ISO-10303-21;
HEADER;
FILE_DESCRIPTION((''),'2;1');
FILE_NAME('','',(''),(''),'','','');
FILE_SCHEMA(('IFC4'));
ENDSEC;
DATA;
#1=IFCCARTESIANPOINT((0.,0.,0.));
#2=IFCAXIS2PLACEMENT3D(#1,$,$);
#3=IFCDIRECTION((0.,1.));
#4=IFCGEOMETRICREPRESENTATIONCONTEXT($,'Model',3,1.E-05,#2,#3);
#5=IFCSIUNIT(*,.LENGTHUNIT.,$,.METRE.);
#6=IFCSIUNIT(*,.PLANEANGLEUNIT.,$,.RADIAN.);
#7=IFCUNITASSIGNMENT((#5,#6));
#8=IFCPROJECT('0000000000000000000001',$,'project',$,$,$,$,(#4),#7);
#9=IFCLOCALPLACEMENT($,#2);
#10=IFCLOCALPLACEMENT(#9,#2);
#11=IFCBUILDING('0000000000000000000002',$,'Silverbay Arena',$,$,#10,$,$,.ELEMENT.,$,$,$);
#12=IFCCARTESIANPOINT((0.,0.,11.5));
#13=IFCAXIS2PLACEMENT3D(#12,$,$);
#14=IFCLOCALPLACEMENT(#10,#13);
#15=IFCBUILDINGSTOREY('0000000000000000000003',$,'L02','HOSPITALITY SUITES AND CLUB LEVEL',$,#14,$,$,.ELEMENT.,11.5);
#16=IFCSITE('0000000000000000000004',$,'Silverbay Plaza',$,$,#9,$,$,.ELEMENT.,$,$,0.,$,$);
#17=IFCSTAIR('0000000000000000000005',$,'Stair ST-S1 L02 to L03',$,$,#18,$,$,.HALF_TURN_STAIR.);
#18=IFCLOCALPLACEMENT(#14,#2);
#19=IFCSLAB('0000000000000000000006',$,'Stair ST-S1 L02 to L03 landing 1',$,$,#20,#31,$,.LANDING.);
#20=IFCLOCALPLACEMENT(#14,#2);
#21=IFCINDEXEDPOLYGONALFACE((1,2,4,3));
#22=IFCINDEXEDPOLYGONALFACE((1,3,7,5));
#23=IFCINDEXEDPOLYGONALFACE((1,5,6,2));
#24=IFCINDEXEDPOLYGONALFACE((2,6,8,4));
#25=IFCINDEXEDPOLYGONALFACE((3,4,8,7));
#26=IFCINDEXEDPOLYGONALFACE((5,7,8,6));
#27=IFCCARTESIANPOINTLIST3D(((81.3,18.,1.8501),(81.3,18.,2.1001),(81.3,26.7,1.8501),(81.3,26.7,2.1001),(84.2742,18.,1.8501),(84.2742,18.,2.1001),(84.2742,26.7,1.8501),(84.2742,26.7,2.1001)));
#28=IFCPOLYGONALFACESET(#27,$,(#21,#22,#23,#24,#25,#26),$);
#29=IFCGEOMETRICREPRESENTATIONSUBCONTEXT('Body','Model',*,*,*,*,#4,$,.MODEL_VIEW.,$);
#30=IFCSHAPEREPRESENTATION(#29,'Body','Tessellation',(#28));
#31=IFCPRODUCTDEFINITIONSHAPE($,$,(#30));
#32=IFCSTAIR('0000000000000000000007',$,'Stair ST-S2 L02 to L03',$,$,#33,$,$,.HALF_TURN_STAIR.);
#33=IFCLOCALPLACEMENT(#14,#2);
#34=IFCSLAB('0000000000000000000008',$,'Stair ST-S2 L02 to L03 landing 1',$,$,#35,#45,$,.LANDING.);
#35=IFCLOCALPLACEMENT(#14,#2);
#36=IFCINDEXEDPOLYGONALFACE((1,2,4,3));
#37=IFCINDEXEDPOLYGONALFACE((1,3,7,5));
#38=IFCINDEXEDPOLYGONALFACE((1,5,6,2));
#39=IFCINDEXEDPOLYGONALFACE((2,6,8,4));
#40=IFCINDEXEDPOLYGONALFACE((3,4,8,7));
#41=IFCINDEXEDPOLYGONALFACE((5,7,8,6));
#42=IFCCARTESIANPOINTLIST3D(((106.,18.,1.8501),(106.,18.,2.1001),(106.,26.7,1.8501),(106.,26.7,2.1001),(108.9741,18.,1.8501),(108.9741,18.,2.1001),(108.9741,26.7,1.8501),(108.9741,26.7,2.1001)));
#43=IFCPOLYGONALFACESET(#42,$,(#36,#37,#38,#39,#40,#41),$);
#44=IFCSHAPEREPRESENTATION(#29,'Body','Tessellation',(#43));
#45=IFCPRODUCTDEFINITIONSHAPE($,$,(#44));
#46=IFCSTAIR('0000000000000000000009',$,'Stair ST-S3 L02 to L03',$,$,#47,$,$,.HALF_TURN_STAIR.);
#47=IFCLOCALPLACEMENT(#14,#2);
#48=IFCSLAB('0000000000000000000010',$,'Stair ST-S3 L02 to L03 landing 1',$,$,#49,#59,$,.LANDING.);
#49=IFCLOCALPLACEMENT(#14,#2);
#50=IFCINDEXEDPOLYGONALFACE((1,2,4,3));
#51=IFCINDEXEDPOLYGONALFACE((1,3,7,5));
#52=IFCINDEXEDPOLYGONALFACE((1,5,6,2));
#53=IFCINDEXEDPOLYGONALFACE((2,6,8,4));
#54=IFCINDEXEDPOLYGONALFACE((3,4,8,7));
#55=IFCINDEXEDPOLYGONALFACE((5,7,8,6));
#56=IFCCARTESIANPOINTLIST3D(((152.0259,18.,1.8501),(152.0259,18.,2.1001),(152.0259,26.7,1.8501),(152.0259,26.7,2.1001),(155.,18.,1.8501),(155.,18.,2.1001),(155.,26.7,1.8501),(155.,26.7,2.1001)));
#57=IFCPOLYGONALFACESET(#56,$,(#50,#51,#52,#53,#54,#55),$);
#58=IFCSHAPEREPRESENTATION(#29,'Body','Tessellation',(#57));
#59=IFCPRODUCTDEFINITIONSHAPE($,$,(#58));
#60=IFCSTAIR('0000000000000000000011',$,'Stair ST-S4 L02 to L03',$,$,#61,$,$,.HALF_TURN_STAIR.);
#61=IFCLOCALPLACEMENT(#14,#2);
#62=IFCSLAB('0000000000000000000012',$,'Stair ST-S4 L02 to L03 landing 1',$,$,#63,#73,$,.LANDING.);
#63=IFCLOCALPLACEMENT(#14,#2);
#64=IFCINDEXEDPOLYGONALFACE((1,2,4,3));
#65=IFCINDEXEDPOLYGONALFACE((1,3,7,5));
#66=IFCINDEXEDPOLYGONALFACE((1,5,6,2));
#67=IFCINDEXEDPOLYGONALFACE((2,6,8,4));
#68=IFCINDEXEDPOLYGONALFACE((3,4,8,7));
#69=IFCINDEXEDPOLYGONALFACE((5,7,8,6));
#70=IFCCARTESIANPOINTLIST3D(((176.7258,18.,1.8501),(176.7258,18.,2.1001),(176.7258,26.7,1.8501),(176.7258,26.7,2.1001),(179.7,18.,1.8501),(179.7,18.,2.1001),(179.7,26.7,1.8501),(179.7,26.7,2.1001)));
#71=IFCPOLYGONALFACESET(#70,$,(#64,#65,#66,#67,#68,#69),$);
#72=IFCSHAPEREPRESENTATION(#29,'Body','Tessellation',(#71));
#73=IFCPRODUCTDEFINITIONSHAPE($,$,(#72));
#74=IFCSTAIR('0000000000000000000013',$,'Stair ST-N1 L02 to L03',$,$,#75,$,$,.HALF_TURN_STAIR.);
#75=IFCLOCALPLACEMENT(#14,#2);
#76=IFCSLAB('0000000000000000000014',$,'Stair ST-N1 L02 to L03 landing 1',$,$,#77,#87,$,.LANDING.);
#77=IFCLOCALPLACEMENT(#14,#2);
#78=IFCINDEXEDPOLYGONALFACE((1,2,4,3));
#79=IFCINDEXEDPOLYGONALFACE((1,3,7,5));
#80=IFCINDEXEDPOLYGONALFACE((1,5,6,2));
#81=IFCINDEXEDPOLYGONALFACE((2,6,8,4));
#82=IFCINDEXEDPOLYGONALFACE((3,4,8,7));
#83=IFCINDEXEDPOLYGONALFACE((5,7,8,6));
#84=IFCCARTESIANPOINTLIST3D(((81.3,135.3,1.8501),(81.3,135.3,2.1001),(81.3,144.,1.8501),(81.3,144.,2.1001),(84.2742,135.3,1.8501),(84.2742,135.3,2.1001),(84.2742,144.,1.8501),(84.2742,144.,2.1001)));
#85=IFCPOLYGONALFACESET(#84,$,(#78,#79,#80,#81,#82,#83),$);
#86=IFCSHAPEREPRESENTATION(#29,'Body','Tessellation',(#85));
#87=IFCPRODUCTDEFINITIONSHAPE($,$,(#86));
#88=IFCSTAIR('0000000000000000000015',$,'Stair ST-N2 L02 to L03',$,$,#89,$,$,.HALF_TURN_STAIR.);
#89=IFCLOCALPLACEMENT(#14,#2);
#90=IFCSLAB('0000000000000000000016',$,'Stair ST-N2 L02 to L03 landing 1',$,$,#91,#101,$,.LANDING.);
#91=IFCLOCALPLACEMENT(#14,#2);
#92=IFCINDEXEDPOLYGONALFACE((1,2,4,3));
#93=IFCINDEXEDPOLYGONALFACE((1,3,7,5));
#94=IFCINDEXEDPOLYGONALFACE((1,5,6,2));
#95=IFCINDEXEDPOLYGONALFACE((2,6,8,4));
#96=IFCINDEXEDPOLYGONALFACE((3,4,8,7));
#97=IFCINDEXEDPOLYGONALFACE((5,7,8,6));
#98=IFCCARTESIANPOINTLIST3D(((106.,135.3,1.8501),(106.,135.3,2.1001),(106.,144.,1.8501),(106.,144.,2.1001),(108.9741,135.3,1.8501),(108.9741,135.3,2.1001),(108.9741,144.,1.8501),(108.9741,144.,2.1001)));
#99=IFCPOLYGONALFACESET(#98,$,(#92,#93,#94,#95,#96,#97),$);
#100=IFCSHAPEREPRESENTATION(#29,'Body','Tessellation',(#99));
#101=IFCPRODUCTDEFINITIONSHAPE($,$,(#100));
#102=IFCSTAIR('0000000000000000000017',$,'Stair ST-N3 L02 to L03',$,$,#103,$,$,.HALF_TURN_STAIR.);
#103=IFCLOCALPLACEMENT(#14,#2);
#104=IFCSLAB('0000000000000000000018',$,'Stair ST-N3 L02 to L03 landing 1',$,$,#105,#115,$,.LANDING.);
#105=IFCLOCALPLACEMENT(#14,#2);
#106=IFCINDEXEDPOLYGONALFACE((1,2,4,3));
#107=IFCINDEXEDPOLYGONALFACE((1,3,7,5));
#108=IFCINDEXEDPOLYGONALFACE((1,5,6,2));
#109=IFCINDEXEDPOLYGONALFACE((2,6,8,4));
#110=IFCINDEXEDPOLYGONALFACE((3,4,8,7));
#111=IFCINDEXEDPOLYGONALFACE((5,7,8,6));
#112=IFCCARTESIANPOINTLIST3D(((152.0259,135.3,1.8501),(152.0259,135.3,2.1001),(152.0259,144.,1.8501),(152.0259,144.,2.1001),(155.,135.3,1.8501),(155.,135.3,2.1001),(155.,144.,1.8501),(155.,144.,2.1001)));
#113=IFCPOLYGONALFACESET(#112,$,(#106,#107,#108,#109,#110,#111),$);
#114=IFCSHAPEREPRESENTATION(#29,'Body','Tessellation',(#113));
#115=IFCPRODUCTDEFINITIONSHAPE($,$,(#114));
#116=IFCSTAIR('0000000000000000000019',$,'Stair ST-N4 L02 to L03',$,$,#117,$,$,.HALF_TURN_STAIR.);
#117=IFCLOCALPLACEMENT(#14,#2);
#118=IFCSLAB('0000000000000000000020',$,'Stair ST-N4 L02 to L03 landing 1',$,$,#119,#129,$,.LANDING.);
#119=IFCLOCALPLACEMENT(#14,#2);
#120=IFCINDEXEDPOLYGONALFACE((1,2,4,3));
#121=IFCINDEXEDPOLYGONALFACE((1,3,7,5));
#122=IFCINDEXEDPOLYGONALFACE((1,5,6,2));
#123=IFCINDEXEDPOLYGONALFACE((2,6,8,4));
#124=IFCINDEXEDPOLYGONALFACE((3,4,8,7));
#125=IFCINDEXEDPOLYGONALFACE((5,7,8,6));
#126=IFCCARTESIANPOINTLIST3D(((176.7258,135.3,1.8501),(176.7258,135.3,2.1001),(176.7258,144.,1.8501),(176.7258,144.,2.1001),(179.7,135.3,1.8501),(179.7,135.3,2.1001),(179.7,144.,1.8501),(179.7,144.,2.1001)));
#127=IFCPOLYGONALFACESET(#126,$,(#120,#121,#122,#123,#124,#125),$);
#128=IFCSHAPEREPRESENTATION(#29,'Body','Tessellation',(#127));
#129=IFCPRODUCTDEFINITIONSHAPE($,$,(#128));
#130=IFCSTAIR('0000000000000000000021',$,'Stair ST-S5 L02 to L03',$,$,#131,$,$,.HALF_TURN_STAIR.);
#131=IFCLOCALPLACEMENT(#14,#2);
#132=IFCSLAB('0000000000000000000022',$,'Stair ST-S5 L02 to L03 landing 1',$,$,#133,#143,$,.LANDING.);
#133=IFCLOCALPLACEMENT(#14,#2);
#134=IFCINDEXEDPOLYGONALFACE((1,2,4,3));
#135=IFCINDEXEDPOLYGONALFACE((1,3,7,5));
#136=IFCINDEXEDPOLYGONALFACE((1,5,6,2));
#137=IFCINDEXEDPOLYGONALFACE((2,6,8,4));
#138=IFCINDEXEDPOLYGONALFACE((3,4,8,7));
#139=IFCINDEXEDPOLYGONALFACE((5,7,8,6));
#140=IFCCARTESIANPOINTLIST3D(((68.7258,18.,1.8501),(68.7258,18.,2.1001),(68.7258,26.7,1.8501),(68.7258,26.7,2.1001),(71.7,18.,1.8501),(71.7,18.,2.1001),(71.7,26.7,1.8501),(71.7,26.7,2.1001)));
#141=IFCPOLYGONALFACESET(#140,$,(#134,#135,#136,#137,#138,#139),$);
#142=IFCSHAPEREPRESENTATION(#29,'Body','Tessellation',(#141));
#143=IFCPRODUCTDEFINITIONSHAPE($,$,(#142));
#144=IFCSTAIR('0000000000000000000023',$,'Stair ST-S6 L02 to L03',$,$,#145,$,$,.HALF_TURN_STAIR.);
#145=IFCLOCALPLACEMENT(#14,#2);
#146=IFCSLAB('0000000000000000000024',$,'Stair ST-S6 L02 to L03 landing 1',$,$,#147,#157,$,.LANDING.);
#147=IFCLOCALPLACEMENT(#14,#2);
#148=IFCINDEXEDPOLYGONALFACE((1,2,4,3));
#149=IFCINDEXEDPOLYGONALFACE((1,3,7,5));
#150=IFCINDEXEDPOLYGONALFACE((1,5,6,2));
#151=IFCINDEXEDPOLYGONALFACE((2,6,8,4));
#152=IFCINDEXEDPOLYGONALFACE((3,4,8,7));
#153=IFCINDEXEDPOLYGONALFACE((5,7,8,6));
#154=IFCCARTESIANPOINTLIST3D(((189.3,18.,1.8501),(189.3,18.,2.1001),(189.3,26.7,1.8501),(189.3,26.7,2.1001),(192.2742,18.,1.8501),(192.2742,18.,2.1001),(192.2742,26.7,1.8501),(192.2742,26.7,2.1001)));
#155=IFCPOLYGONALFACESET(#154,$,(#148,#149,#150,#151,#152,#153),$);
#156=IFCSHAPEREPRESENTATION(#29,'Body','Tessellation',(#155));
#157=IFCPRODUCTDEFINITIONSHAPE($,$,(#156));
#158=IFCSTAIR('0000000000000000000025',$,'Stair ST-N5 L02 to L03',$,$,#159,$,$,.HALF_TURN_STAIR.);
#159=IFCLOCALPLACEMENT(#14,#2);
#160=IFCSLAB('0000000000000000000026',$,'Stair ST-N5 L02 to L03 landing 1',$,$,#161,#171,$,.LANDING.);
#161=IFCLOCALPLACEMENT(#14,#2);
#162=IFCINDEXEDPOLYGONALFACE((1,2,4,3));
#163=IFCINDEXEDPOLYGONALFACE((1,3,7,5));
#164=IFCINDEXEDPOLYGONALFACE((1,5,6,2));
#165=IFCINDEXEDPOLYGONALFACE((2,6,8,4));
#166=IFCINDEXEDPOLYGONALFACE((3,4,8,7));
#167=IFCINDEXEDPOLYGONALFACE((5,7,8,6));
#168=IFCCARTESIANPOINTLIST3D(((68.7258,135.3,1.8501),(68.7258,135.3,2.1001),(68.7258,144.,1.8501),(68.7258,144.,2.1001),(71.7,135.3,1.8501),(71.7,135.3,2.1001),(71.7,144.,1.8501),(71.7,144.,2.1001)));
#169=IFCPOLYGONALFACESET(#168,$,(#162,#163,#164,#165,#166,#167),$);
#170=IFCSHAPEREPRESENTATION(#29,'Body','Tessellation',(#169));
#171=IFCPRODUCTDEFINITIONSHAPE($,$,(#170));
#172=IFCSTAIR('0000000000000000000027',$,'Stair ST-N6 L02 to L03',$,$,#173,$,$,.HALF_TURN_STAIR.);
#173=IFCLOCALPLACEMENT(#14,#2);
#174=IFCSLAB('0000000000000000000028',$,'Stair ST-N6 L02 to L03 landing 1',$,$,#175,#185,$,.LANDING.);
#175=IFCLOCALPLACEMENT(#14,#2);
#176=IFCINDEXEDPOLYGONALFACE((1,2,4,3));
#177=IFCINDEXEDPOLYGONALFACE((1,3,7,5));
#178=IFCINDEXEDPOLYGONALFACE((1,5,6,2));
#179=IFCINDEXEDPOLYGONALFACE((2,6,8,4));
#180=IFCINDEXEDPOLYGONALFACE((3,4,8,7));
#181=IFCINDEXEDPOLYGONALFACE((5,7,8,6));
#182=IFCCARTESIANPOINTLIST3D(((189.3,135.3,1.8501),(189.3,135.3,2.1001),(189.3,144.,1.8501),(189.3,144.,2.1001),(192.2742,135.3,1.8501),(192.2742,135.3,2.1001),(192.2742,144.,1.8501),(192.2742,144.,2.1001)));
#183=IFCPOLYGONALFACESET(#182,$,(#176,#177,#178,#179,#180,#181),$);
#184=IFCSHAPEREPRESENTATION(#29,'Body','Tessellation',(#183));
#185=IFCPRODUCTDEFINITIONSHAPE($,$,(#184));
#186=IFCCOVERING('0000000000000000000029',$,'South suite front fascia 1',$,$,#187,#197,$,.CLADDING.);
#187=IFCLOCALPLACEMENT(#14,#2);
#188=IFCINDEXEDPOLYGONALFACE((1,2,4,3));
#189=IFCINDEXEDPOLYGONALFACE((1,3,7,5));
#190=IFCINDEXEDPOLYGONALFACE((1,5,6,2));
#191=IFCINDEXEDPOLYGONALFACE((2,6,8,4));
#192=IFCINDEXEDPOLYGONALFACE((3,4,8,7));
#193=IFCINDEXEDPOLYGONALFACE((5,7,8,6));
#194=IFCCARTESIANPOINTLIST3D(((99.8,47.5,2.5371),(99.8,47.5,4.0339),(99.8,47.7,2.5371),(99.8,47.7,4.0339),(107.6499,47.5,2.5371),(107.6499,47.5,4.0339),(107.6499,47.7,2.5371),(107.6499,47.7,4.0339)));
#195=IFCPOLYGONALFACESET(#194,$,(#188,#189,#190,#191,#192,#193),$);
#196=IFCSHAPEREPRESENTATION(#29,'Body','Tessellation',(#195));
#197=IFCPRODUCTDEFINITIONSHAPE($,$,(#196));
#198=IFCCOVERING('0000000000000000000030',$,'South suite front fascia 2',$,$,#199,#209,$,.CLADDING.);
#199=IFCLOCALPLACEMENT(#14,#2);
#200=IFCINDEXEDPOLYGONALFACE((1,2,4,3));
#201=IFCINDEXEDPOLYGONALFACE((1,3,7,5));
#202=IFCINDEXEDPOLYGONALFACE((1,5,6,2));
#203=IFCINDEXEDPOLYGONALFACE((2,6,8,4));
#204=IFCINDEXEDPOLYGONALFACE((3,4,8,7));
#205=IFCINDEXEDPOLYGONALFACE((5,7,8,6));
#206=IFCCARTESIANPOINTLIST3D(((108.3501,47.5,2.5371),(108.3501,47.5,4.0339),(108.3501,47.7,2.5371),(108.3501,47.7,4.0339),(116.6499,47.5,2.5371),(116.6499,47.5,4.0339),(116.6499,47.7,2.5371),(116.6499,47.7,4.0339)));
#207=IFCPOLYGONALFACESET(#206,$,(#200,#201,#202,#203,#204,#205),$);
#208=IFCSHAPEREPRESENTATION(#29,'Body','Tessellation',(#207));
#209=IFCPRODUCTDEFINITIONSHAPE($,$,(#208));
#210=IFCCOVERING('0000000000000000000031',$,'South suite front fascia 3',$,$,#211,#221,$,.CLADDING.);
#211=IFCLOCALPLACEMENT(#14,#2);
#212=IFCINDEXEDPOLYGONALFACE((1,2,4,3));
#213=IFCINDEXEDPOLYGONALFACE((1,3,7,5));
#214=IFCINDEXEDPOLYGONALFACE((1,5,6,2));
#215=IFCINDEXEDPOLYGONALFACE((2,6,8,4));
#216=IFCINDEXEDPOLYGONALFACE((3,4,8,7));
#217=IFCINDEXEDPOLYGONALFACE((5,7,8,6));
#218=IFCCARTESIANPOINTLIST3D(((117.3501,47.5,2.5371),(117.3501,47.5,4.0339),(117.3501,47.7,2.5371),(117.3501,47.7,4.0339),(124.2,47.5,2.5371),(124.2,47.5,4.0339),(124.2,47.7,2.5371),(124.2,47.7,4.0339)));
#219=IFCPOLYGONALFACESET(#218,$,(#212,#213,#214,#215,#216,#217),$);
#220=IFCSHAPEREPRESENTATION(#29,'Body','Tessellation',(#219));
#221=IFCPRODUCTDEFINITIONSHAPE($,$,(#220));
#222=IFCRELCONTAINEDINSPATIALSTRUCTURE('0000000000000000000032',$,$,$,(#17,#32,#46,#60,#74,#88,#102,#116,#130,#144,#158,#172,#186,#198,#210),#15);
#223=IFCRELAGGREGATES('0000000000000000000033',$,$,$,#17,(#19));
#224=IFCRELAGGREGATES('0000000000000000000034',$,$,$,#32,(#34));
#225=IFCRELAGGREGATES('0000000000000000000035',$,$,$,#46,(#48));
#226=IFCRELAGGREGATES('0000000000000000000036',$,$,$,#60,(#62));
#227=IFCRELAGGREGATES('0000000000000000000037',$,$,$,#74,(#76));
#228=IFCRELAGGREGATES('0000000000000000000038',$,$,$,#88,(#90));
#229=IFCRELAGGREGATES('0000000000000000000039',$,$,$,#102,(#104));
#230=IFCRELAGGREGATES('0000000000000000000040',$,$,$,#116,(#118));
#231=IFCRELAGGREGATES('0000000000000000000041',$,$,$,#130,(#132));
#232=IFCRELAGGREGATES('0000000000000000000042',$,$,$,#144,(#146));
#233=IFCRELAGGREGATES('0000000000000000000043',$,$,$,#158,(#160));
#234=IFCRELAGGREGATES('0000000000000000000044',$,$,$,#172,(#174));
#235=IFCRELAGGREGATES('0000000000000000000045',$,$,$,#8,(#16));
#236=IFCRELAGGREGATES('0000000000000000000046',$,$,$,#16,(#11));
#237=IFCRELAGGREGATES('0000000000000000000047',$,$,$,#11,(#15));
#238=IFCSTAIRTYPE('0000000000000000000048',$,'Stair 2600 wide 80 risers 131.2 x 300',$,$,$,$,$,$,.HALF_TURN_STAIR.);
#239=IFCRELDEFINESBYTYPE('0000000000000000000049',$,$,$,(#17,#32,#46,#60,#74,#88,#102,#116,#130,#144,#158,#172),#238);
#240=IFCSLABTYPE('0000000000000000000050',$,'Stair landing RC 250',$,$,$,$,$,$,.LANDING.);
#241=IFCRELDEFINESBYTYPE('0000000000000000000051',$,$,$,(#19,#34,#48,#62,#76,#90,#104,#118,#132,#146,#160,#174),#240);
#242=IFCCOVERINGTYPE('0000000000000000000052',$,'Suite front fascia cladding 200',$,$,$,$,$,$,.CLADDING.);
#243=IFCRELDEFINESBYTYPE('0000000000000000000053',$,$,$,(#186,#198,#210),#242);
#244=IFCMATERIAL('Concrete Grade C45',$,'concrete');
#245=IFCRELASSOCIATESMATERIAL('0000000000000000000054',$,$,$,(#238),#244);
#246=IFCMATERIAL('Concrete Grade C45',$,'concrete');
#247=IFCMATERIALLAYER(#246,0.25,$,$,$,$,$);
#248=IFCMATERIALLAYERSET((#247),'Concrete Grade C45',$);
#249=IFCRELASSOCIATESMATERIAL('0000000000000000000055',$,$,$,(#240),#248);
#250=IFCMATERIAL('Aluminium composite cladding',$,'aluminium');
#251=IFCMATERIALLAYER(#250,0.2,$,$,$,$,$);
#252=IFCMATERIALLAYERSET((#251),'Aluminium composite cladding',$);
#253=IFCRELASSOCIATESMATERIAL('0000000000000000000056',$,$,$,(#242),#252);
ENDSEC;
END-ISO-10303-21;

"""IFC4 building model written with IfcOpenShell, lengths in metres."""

from ifc_helpers import new_model, si_unit, direction, frame, origin, place, context, subcontext, project, spatial, polyline, outline, extrude, material, layer, layer_set, type_object, element, aggregate, save


model = new_model("IFC4")

# Units and contexts
model_context = context("Model", 3, precision=1e-05, world=origin(), true_north=direction((0.0, 1.0)))
body_context = subcontext(model_context, "Body", "Model", "MODEL_VIEW")
ifc_project = project(units=[si_unit("LENGTHUNIT", "METRE"), si_unit("PLANEANGLEUNIT", "RADIAN")], contexts=[model_context])

# Site, building, storey
site_placement = place(None, origin())
site = spatial("IfcSite", under=ifc_project, at=site_placement, Name="Silverbay Plaza", CompositionType="ELEMENT", RefElevation=0.0)
building_placement = place(site_placement, origin())
building = spatial("IfcBuilding", under=site, at=building_placement, Name="Silverbay Arena", CompositionType="ELEMENT")
storey_placement = place(building_placement, frame((0.0, 0.0, 11.5)))
storey = spatial("IfcBuildingStorey", under=building, at=storey_placement, Name="L02", Description="HOSPITALITY SUITES AND CLUB LEVEL", CompositionType="ELEMENT", Elevation=11.5)

# Stairs, slabs
ifc_material_1 = material(Name="Concrete Grade C45", Category="concrete")
stair_type = type_object("IfcStairType", Name="Stair 2600 wide 80 risers 131.2 x 300", PredefinedType="HALF_TURN_STAIR", material=ifc_material_1)
stair_1_placement = place(storey_placement, origin())
stair_1 = element("IfcStair", 1, at=stair_1_placement, inside=storey, type_object=stair_type, Name="Stair ST-S1 L02 to L03", PredefinedType="HALF_TURN_STAIR")
ifc_material_2 = material(Name="Concrete Grade C45", Category="concrete")
ifc_layer_1 = layer(ifc_material_2, 0.25)
ifc_layer_set_1 = layer_set([ifc_layer_1], Name="Concrete Grade C45")
slab_type = type_object("IfcSlabType", Name="Stair landing RC 250", PredefinedType="LANDING", material=ifc_layer_set_1)
slab_1_placement = place(storey_placement, frame((0.0, 0.0, 1.8501)))
slab_1 = element("IfcSlab", 2, at=slab_1_placement, type_object=slab_type, Name="Stair ST-S1 L02 to L03 landing 1", PredefinedType="LANDING", context=body_context, shape_type="SweptSolid", body=[
    extrude(outline(polyline([(84.2742, 26.7), (81.3, 26.7), (81.3, 18.0), (84.2742, 18.0), (84.2742, 26.7)])), origin(), (0.0, 0.0, 1.0), 0.25),
])
aggregate(stair_1, [slab_1])
stair_2_placement = place(storey_placement, origin())
stair_2 = element("IfcStair", 3, at=stair_2_placement, inside=storey, type_object=stair_type, Name="Stair ST-S2 L02 to L03", PredefinedType="HALF_TURN_STAIR")
slab_2_placement = place(storey_placement, frame((0.0, 0.0, 1.8501)))
slab_2 = element("IfcSlab", 4, at=slab_2_placement, type_object=slab_type, Name="Stair ST-S2 L02 to L03 landing 1", PredefinedType="LANDING", context=body_context, shape_type="SweptSolid", body=[
    extrude(outline(polyline([(108.9741, 26.7), (106.0, 26.7), (106.0, 18.0), (108.9741, 18.0), (108.9741, 26.7)])), origin(), (0.0, 0.0, 1.0), 0.25),
])
aggregate(stair_2, [slab_2])
stair_3_placement = place(storey_placement, origin())
stair_3 = element("IfcStair", 5, at=stair_3_placement, inside=storey, type_object=stair_type, Name="Stair ST-S3 L02 to L03", PredefinedType="HALF_TURN_STAIR")
slab_3_placement = place(storey_placement, frame((0.0, 0.0, 1.8501)))
slab_3 = element("IfcSlab", 6, at=slab_3_placement, type_object=slab_type, Name="Stair ST-S3 L02 to L03 landing 1", PredefinedType="LANDING", context=body_context, shape_type="SweptSolid", body=[
    extrude(outline(polyline([(152.0259, 26.7), (155.0, 26.7), (155.0, 18.0), (152.0259, 18.0), (152.0259, 26.7)])), origin(), (0.0, 0.0, 1.0), 0.25),
])
aggregate(stair_3, [slab_3])
stair_4_placement = place(storey_placement, origin())
stair_4 = element("IfcStair", 7, at=stair_4_placement, inside=storey, type_object=stair_type, Name="Stair ST-S4 L02 to L03", PredefinedType="HALF_TURN_STAIR")
slab_4_placement = place(storey_placement, frame((0.0, 0.0, 1.8501)))
slab_4 = element("IfcSlab", 8, at=slab_4_placement, type_object=slab_type, Name="Stair ST-S4 L02 to L03 landing 1", PredefinedType="LANDING", context=body_context, shape_type="SweptSolid", body=[
    extrude(outline(polyline([(176.7258, 26.7), (179.7, 26.7), (179.7, 18.0), (176.7258, 18.0), (176.7258, 26.7)])), origin(), (0.0, 0.0, 1.0), 0.25),
])
aggregate(stair_4, [slab_4])
stair_5_placement = place(storey_placement, origin())
stair_5 = element("IfcStair", 9, at=stair_5_placement, inside=storey, type_object=stair_type, Name="Stair ST-N1 L02 to L03", PredefinedType="HALF_TURN_STAIR")
slab_5_placement = place(storey_placement, frame((0.0, 0.0, 1.8501)))
slab_5 = element("IfcSlab", 10, at=slab_5_placement, type_object=slab_type, Name="Stair ST-N1 L02 to L03 landing 1", PredefinedType="LANDING", context=body_context, shape_type="SweptSolid", body=[
    extrude(outline(polyline([(84.2742, 135.3), (81.3, 135.3), (81.3, 144.0), (84.2742, 144.0), (84.2742, 135.3)])), origin(), (0.0, 0.0, 1.0), 0.25),
])
aggregate(stair_5, [slab_5])
stair_6_placement = place(storey_placement, origin())
stair_6 = element("IfcStair", 11, at=stair_6_placement, inside=storey, type_object=stair_type, Name="Stair ST-N2 L02 to L03", PredefinedType="HALF_TURN_STAIR")
slab_6_placement = place(storey_placement, frame((0.0, 0.0, 1.8501)))
slab_6 = element("IfcSlab", 12, at=slab_6_placement, type_object=slab_type, Name="Stair ST-N2 L02 to L03 landing 1", PredefinedType="LANDING", context=body_context, shape_type="SweptSolid", body=[
    extrude(outline(polyline([(108.9741, 135.3), (106.0, 135.3), (106.0, 144.0), (108.9741, 144.0), (108.9741, 135.3)])), origin(), (0.0, 0.0, 1.0), 0.25),
])
aggregate(stair_6, [slab_6])
stair_7_placement = place(storey_placement, origin())
stair_7 = element("IfcStair", 13, at=stair_7_placement, inside=storey, type_object=stair_type, Name="Stair ST-N3 L02 to L03", PredefinedType="HALF_TURN_STAIR")
slab_7_placement = place(storey_placement, frame((0.0, 0.0, 1.8501)))
slab_7 = element("IfcSlab", 14, at=slab_7_placement, type_object=slab_type, Name="Stair ST-N3 L02 to L03 landing 1", PredefinedType="LANDING", context=body_context, shape_type="SweptSolid", body=[
    extrude(outline(polyline([(152.0259, 135.3), (155.0, 135.3), (155.0, 144.0), (152.0259, 144.0), (152.0259, 135.3)])), origin(), (0.0, 0.0, 1.0), 0.25),
])
aggregate(stair_7, [slab_7])
stair_8_placement = place(storey_placement, origin())
stair_8 = element("IfcStair", 15, at=stair_8_placement, inside=storey, type_object=stair_type, Name="Stair ST-N4 L02 to L03", PredefinedType="HALF_TURN_STAIR")
slab_8_placement = place(storey_placement, frame((0.0, 0.0, 1.8501)))
slab_8 = element("IfcSlab", 16, at=slab_8_placement, type_object=slab_type, Name="Stair ST-N4 L02 to L03 landing 1", PredefinedType="LANDING", context=body_context, shape_type="SweptSolid", body=[
    extrude(outline(polyline([(176.7258, 135.3), (179.7, 135.3), (179.7, 144.0), (176.7258, 144.0), (176.7258, 135.3)])), origin(), (0.0, 0.0, 1.0), 0.25),
])
aggregate(stair_8, [slab_8])
stair_9_placement = place(storey_placement, origin())
stair_9 = element("IfcStair", 17, at=stair_9_placement, inside=storey, type_object=stair_type, Name="Stair ST-S5 L02 to L03", PredefinedType="HALF_TURN_STAIR")
slab_9_placement = place(storey_placement, frame((0.0, 0.0, 1.8501)))
slab_9 = element("IfcSlab", 18, at=slab_9_placement, type_object=slab_type, Name="Stair ST-S5 L02 to L03 landing 1", PredefinedType="LANDING", context=body_context, shape_type="SweptSolid", body=[
    extrude(outline(polyline([(68.7258, 26.7), (71.7, 26.7), (71.7, 18.0), (68.7258, 18.0), (68.7258, 26.7)])), origin(), (0.0, 0.0, 1.0), 0.25),
])
aggregate(stair_9, [slab_9])
stair_10_placement = place(storey_placement, origin())
stair_10 = element("IfcStair", 19, at=stair_10_placement, inside=storey, type_object=stair_type, Name="Stair ST-S6 L02 to L03", PredefinedType="HALF_TURN_STAIR")
slab_10_placement = place(storey_placement, frame((0.0, 0.0, 1.8501)))
slab_10 = element("IfcSlab", 20, at=slab_10_placement, type_object=slab_type, Name="Stair ST-S6 L02 to L03 landing 1", PredefinedType="LANDING", context=body_context, shape_type="SweptSolid", body=[
    extrude(outline(polyline([(192.2742, 26.7), (189.3, 26.7), (189.3, 18.0), (192.2742, 18.0), (192.2742, 26.7)])), origin(), (0.0, 0.0, 1.0), 0.25),
])
aggregate(stair_10, [slab_10])
stair_11_placement = place(storey_placement, origin())
stair_11 = element("IfcStair", 21, at=stair_11_placement, inside=storey, type_object=stair_type, Name="Stair ST-N5 L02 to L03", PredefinedType="HALF_TURN_STAIR")
slab_11_placement = place(storey_placement, frame((0.0, 0.0, 1.8501)))
slab_11 = element("IfcSlab", 22, at=slab_11_placement, type_object=slab_type, Name="Stair ST-N5 L02 to L03 landing 1", PredefinedType="LANDING", context=body_context, shape_type="SweptSolid", body=[
    extrude(outline(polyline([(68.7258, 135.3), (71.7, 135.3), (71.7, 144.0), (68.7258, 144.0), (68.7258, 135.3)])), origin(), (0.0, 0.0, 1.0), 0.25),
])
aggregate(stair_11, [slab_11])
stair_12_placement = place(storey_placement, origin())
stair_12 = element("IfcStair", 23, at=stair_12_placement, inside=storey, type_object=stair_type, Name="Stair ST-N6 L02 to L03", PredefinedType="HALF_TURN_STAIR")
slab_12_placement = place(storey_placement, frame((0.0, 0.0, 1.8501)))
slab_12 = element("IfcSlab", 24, at=slab_12_placement, type_object=slab_type, Name="Stair ST-N6 L02 to L03 landing 1", PredefinedType="LANDING", context=body_context, shape_type="SweptSolid", body=[
    extrude(outline(polyline([(192.2742, 135.3), (189.3, 135.3), (189.3, 144.0), (192.2742, 144.0), (192.2742, 135.3)])), origin(), (0.0, 0.0, 1.0), 0.25),
])
aggregate(stair_12, [slab_12])

# Coverings
ifc_material_3 = material(Name="Aluminium composite cladding", Category="aluminium")
ifc_layer_2 = layer(ifc_material_3, 0.2)
ifc_layer_set_2 = layer_set([ifc_layer_2], Name="Aluminium composite cladding")
covering_type = type_object("IfcCoveringType", Name="Suite front fascia cladding 200", PredefinedType="CLADDING", material=ifc_layer_set_2)
covering_1_placement = place(storey_placement, frame((0.0, 0.0, 2.5371)))
element("IfcCovering", 25, at=covering_1_placement, inside=storey, type_object=covering_type, Name="South suite front fascia 1", PredefinedType="CLADDING", context=body_context, shape_type="SweptSolid", body=[
    extrude(outline(polyline([(99.8, 47.7), (107.6499, 47.7), (107.6499, 47.5), (99.8, 47.5), (99.8, 47.7)])), origin(), (0.0, 0.0, 1.0), 1.4968),
])
covering_2_placement = place(storey_placement, frame((0.0, 0.0, 2.5371)))
element("IfcCovering", 26, at=covering_2_placement, inside=storey, type_object=covering_type, Name="South suite front fascia 2", PredefinedType="CLADDING", context=body_context, shape_type="SweptSolid", body=[
    extrude(outline(polyline([(108.3501, 47.7), (116.6499, 47.7), (116.6499, 47.5), (108.3501, 47.5), (108.3501, 47.7)])), origin(), (0.0, 0.0, 1.0), 1.4968),
])
covering_3_placement = place(storey_placement, frame((0.0, 0.0, 2.5371)))
element("IfcCovering", 27, at=covering_3_placement, inside=storey, type_object=covering_type, Name="South suite front fascia 3", PredefinedType="CLADDING", context=body_context, shape_type="SweptSolid", body=[
    extrude(outline(polyline([(117.3501, 47.7), (124.2, 47.7), (124.2, 47.5), (117.3501, 47.5), (117.3501, 47.7)])), origin(), (0.0, 0.0, 1.0), 1.4968),
])

save(model, "model.ifc")
